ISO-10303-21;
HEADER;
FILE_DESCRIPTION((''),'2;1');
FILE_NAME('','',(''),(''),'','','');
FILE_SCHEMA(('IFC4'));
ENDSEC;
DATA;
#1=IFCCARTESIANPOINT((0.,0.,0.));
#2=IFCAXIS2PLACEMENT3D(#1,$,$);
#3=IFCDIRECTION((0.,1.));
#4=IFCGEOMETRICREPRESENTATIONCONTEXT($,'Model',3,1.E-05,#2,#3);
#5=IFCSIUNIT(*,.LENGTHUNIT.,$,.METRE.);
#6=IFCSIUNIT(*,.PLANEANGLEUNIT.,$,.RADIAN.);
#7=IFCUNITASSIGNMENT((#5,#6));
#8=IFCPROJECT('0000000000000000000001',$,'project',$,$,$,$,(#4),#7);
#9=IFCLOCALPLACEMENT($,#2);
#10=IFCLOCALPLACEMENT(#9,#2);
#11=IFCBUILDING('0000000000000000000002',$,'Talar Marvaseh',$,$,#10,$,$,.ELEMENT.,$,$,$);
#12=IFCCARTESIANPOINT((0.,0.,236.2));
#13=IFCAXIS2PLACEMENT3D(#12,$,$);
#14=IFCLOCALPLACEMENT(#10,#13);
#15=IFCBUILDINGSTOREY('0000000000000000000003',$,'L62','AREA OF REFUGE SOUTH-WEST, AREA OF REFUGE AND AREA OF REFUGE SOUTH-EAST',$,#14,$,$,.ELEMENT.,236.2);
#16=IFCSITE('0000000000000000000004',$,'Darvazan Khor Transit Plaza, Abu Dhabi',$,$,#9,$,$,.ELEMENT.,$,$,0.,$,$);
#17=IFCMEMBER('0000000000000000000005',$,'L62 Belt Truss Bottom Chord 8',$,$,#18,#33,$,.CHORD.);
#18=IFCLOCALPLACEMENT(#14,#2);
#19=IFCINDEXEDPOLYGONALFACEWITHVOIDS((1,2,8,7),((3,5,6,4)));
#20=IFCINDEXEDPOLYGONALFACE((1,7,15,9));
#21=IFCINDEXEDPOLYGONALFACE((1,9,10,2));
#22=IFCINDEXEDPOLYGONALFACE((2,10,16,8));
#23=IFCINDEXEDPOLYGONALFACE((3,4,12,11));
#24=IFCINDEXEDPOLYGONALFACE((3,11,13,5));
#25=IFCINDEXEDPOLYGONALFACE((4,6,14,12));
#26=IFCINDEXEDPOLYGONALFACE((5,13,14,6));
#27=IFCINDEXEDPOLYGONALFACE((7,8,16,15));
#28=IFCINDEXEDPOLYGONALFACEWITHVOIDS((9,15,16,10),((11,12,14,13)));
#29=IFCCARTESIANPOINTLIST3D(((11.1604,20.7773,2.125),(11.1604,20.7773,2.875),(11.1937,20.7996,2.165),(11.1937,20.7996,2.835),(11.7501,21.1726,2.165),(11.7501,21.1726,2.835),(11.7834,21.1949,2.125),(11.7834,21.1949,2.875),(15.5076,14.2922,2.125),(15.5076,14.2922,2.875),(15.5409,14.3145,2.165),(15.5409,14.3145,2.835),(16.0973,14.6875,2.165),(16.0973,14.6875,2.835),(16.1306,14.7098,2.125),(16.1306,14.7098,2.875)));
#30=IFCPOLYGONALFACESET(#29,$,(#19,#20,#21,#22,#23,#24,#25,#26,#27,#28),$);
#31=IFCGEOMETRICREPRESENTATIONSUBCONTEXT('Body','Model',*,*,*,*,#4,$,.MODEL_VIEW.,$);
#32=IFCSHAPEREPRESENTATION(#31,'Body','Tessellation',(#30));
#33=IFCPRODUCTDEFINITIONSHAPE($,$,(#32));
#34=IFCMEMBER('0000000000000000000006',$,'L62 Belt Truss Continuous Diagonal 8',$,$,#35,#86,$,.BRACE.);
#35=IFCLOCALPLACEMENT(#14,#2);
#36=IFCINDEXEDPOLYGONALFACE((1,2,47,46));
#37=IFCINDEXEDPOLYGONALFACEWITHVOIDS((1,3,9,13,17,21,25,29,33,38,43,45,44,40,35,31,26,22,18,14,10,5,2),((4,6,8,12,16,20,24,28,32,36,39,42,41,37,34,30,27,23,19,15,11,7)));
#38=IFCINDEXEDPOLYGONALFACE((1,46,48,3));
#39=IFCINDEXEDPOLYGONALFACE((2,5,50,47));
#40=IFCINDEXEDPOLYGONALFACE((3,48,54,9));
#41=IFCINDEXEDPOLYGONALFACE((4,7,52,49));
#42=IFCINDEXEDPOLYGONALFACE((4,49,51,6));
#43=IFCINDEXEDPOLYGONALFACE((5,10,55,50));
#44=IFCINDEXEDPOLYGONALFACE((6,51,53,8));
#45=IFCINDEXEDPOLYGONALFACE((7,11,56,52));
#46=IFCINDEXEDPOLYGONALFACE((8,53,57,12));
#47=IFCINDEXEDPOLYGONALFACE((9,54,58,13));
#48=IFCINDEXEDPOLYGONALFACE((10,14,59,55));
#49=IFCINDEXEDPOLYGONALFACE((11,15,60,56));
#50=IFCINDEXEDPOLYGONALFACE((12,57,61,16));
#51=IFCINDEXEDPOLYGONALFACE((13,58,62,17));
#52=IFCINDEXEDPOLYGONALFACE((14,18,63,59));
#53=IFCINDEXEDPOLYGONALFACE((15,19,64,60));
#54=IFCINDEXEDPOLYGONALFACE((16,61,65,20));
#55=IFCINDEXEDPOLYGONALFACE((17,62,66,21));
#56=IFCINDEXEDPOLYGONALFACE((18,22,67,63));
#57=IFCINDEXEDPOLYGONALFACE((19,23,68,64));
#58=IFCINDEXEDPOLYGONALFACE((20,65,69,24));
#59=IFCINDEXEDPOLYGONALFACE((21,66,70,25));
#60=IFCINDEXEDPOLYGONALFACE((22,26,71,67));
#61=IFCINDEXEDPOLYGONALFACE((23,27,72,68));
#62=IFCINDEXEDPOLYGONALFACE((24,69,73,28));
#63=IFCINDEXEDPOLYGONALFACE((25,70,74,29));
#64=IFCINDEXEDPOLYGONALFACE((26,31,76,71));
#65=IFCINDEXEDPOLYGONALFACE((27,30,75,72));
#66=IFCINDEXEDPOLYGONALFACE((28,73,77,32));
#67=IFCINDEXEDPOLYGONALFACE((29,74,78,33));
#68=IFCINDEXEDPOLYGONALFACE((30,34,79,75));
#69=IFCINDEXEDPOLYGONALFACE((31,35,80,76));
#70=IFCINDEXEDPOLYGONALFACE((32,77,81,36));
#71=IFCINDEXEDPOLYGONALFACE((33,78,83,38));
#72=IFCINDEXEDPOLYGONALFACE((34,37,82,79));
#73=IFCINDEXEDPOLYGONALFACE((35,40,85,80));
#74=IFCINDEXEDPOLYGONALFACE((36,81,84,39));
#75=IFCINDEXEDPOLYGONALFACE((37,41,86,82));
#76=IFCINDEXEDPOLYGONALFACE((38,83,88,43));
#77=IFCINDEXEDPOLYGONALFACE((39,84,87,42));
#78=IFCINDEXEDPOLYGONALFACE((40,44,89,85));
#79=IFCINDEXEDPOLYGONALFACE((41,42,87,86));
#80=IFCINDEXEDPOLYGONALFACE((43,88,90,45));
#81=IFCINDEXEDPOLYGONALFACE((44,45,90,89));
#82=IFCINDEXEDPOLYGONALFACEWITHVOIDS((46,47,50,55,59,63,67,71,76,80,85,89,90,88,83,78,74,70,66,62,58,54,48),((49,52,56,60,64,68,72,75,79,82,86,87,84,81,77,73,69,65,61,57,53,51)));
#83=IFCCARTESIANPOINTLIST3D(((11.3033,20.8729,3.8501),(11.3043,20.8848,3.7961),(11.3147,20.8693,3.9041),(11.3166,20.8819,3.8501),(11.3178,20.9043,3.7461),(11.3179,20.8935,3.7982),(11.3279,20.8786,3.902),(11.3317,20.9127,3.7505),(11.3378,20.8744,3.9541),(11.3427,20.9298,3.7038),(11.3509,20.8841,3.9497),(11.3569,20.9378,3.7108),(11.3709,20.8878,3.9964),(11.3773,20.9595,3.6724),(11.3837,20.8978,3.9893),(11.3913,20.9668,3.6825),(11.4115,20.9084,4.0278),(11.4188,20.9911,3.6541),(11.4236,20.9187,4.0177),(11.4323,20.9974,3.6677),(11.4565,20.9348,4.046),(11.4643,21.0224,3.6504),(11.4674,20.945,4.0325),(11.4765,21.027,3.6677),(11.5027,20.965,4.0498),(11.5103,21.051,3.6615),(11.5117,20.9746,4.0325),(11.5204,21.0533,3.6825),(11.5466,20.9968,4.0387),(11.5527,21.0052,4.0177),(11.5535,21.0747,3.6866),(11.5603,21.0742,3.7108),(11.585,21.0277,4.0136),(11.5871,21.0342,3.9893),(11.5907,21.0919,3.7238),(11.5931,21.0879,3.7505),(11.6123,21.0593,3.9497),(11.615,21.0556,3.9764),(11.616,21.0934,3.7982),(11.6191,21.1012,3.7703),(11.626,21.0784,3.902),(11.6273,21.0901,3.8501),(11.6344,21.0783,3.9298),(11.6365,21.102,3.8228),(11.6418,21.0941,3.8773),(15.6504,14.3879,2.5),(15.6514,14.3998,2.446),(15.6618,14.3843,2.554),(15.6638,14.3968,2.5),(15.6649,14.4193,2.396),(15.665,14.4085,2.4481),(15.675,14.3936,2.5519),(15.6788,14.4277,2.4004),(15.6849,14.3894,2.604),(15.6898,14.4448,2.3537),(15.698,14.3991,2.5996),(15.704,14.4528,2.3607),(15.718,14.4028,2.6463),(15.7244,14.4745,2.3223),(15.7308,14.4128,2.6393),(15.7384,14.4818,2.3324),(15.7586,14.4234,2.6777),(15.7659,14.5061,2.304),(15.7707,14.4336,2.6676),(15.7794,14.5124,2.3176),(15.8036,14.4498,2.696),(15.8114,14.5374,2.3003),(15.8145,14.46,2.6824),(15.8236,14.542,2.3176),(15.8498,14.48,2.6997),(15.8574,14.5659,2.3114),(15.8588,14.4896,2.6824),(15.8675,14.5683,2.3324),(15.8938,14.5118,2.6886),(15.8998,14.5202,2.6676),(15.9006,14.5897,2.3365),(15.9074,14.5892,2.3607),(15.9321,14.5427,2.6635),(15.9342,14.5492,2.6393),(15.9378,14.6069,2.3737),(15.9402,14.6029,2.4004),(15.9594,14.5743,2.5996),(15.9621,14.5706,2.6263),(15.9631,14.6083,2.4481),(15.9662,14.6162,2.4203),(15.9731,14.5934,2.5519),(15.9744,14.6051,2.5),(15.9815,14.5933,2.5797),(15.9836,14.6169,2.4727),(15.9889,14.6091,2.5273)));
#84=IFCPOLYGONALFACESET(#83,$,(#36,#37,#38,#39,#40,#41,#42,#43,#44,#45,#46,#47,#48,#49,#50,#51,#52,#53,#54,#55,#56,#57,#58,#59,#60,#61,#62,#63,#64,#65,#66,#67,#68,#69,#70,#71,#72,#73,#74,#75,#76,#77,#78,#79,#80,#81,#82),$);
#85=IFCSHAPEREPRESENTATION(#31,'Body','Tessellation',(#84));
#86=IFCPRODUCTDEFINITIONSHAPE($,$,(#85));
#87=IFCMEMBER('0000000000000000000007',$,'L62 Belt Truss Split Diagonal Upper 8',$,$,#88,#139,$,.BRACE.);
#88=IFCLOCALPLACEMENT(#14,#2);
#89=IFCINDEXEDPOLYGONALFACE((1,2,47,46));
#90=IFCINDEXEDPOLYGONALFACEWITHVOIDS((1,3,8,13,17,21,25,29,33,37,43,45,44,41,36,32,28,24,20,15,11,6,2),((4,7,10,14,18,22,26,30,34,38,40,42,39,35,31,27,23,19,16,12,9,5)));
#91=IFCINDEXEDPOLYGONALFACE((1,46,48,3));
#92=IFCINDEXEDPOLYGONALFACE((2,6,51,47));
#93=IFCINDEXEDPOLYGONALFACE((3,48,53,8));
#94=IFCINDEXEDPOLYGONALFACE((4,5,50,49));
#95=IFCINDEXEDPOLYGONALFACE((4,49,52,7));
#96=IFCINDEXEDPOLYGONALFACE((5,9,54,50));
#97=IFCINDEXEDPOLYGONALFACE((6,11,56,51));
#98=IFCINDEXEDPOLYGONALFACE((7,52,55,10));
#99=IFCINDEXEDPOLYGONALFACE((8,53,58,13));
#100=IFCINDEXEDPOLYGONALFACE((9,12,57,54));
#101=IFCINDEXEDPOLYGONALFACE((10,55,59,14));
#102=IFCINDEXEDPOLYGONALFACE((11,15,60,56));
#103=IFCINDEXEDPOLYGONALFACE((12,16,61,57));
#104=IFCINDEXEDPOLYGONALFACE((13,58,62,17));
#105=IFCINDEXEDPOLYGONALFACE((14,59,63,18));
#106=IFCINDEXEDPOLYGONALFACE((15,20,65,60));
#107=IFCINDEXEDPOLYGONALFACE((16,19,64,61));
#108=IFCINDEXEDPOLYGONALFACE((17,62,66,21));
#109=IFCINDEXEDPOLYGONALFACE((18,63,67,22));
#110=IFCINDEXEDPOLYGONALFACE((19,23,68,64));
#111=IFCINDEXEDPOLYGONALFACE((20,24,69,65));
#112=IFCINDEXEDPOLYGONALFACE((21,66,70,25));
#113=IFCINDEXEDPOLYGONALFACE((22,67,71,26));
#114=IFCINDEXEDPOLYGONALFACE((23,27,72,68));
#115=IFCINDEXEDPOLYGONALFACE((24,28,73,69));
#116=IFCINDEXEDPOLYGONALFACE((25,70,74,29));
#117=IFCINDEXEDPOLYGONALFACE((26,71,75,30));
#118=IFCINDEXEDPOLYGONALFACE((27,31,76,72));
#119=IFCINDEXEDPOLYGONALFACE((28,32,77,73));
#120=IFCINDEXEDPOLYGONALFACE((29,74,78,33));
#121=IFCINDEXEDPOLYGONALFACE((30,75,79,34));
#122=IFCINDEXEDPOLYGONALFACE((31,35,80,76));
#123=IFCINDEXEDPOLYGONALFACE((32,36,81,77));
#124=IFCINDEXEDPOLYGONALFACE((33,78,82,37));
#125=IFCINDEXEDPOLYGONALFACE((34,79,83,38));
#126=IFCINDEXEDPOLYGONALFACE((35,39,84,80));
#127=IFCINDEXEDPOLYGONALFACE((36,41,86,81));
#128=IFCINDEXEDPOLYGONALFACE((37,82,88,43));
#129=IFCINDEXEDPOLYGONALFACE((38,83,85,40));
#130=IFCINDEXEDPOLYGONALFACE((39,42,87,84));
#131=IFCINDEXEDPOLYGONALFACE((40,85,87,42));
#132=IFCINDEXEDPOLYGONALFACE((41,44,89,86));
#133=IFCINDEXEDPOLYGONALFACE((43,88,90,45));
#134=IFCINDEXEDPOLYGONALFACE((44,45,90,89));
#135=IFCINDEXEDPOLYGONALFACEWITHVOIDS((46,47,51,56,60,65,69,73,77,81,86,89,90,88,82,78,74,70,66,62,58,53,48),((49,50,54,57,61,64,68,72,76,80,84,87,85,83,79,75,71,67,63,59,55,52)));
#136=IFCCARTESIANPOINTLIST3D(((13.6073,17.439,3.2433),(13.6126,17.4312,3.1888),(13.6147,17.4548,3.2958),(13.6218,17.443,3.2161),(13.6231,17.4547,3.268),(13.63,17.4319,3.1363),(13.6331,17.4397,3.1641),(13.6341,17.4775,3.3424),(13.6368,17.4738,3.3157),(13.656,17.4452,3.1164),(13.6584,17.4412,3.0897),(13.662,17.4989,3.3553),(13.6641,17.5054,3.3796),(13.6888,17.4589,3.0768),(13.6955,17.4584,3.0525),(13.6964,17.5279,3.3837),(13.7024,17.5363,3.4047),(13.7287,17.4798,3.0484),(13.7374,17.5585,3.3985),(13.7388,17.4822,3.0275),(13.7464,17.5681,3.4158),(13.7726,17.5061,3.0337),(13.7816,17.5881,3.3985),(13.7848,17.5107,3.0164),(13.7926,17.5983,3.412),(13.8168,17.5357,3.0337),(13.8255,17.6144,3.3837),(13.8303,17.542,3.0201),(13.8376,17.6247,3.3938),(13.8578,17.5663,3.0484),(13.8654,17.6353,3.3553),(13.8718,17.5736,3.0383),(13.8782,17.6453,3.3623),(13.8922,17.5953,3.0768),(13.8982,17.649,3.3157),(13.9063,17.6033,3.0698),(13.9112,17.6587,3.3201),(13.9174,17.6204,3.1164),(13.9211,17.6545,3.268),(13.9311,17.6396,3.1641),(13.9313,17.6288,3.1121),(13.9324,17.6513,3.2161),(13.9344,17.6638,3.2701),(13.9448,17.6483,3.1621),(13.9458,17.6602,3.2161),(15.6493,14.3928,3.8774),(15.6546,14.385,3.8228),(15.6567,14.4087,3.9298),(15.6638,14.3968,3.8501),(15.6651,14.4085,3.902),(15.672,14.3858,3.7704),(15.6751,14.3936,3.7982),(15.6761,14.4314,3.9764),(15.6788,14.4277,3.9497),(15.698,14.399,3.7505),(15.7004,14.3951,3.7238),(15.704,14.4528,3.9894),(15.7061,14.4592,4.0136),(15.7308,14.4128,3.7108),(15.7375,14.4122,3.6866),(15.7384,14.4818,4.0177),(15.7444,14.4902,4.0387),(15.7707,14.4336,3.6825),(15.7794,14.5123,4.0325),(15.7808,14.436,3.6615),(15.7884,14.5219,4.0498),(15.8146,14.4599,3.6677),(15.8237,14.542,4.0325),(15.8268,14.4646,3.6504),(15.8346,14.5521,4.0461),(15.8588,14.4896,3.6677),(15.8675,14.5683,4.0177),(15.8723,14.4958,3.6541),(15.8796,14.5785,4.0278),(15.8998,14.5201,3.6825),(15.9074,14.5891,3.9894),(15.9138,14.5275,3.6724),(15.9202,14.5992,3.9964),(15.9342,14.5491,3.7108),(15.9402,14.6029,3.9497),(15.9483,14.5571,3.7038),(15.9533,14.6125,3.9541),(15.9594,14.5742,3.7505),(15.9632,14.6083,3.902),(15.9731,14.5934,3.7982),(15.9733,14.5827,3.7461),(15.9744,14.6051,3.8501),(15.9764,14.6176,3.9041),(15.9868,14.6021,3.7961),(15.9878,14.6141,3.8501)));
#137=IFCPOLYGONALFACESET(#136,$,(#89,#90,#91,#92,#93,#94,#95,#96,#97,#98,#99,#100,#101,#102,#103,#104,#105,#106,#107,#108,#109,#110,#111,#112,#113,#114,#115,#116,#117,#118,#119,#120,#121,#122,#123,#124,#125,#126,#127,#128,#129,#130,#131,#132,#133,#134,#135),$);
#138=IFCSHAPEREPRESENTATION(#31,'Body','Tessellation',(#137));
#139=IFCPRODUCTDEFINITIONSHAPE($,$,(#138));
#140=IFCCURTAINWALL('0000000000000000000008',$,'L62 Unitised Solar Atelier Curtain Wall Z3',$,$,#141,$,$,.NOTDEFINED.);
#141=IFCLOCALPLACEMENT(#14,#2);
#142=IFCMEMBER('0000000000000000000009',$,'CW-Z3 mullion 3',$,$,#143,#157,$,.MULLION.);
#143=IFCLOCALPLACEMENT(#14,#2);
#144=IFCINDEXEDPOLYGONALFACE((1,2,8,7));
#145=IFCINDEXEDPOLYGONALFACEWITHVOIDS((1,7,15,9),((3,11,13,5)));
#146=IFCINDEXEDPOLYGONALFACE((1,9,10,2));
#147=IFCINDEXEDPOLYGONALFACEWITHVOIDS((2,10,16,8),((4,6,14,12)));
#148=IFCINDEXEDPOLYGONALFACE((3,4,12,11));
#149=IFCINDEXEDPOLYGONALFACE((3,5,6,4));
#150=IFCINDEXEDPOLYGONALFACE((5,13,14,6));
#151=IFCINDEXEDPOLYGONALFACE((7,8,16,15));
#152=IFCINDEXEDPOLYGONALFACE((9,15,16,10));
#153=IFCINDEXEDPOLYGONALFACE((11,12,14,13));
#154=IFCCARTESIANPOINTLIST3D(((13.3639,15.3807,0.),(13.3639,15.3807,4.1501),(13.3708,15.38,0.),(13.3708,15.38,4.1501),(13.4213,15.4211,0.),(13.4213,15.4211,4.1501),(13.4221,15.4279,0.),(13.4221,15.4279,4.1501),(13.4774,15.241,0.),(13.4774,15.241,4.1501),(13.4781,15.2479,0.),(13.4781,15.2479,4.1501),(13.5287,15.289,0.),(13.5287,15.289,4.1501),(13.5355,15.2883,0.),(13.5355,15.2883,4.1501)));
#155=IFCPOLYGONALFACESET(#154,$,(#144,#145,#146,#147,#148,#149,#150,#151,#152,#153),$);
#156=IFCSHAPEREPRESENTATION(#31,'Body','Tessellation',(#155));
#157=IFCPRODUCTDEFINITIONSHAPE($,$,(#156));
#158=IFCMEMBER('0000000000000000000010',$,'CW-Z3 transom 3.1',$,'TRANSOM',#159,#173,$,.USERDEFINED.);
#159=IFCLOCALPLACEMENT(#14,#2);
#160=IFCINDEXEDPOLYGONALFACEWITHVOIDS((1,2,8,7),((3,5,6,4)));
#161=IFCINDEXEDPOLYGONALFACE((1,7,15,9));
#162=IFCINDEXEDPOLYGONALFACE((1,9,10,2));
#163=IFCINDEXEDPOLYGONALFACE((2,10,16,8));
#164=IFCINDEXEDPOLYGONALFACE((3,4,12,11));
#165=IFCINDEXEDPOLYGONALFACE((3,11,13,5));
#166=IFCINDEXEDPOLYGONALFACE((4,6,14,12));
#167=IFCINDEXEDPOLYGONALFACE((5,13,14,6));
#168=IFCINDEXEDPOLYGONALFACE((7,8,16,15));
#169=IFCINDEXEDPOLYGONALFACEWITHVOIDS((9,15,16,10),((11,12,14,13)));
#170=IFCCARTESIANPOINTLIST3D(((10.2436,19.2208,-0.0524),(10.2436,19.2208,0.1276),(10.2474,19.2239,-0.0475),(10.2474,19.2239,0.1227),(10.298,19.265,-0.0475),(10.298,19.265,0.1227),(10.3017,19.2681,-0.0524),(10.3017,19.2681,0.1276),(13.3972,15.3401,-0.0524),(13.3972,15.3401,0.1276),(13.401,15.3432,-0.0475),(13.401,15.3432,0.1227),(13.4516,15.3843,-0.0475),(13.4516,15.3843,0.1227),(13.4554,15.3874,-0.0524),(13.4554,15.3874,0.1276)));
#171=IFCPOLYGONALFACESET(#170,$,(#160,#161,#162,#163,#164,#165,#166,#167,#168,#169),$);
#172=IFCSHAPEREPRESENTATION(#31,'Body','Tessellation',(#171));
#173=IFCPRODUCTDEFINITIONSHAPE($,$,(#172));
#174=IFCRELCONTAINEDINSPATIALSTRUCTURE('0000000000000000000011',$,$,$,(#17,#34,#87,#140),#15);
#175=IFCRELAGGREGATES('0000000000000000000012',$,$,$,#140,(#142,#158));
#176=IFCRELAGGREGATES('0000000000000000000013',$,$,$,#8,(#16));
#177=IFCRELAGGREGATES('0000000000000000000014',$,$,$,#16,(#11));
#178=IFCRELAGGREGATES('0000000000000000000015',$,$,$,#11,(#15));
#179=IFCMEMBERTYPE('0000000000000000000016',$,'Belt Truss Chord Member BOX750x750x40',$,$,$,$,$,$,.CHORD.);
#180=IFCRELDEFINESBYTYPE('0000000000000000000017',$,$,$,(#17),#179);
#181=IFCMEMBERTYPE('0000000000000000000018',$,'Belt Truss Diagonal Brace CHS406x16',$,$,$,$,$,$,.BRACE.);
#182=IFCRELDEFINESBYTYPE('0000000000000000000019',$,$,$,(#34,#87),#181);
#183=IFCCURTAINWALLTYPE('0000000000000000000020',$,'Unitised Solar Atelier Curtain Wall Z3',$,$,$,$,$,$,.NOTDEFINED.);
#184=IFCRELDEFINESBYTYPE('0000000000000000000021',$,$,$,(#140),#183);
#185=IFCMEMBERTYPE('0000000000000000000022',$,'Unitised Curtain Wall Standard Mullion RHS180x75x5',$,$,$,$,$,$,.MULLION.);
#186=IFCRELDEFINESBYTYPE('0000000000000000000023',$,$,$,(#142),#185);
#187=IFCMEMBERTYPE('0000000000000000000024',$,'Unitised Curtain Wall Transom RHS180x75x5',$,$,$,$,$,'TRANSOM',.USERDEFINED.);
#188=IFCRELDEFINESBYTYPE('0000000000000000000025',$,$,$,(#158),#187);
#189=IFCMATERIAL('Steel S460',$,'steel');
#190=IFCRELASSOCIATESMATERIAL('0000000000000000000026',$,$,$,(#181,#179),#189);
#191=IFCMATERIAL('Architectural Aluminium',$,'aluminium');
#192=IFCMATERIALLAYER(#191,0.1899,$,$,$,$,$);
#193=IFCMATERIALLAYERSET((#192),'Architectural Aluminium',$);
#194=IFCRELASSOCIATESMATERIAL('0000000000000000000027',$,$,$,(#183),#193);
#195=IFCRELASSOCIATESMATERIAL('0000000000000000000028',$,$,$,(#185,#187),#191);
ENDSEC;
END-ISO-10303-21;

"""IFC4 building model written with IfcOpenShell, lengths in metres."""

from ifc_helpers import new_model, si_unit, direction, frame, origin, origin_2d, place, context, subcontext, project, spatial, hollow_rectangle, hollow_circle, extrude, source, transform, mapped, material, layer, layer_set, material_profile, profile_set, type_object, type_shapes, element, aggregate, save


model = new_model("IFC4")

# Units and contexts
model_context = context("Model", 3, precision=1e-05, world=origin(), true_north=direction((0.0, 1.0)))
body_context = subcontext(model_context, "Body", "Model", "MODEL_VIEW")
ifc_project = project(units=[si_unit("LENGTHUNIT", "METRE"), si_unit("PLANEANGLEUNIT", "RADIAN")], contexts=[model_context])

# Site, building, storey
site_placement = place(None, origin())
site = spatial("IfcSite", under=ifc_project, at=site_placement, Name="Darvazan Khor Transit Plaza, Abu Dhabi", CompositionType="ELEMENT", RefElevation=0.0)
building_placement = place(site_placement, origin())
building = spatial("IfcBuilding", under=site, at=building_placement, Name="Talar Marvaseh", CompositionType="ELEMENT")
storey_placement = place(building_placement, frame((0.0, 0.0, 236.2)))
storey = spatial("IfcBuildingStorey", under=building, at=storey_placement, Name="L62", Description="AREA OF REFUGE SOUTH-WEST, AREA OF REFUGE AND AREA OF REFUGE SOUTH-EAST", CompositionType="ELEMENT", Elevation=236.2)

# Shared definitions
ifc_material_1 = material(Name="Steel S460", Category="steel")

# Members
ifc_material_profile_1 = material_profile(ifc_material_1, hollow_circle(Radius=0.2031, WallThickness=0.0161, at=origin_2d()), Name="CHS406x16")
ifc_profile_set_1 = profile_set([ifc_material_profile_1], Name="Steel S460")
member_type_1 = type_object("IfcMemberType", Name="Belt Truss Diagonal Brace CHS406x16", PredefinedType="BRACE", material=ifc_profile_set_1)
ifc_material_profile_2 = material_profile(ifc_material_1, hollow_rectangle(XDim=0.75, YDim=0.75, WallThickness=0.04, at=origin_2d()), Name="BOX750x750x40")
ifc_profile_set_2 = profile_set([ifc_material_profile_2], Name="Steel S460")
member_type_2 = type_object("IfcMemberType", Name="Belt Truss Chord Member BOX750x750x40", PredefinedType="CHORD", material=ifc_profile_set_2)
shared_shape_1 = source(origin(), body_context, "Body", "SweptSolid", [
    extrude(hollow_rectangle(XDim=0.75, YDim=0.75, WallThickness=0.04, at=origin_2d()), origin(), (0.0, 0.0, 1.0), 7.8074),
])
type_shapes(member_type_2, [shared_shape_1])
member_1_placement = place(storey_placement, frame((15.8191, 14.501, 2.5), z_axis=(-0.556806, 0.830643, 0.0), x_axis=(-0.830643, -0.556806, 0.0)))
element("IfcMember", 1, at=member_1_placement, inside=storey, type_object=member_type_2, Name="L62 Belt Truss Bottom Chord 8", PredefinedType="CHORD", context=body_context, shape_type="MappedRepresentation", body=[
    mapped(shared_shape_1, transform((0.0, 0.0, 0.0), x_axis=(1.0, 0.0, 0.0), y_axis=(0.0, 1.0, 0.0), z_axis=(0.0, 0.0, 1.0), scale=1.0)),
])
shared_shape_2 = source(origin(), body_context, "Body", "SweptSolid", [
    extrude(hollow_circle(Radius=0.2031, WallThickness=0.0161, at=origin_2d()), origin(), (0.0, 0.0, 1.0), 7.9231),
])
member_2_placement = place(storey_placement, frame((15.8191, 14.501, 2.5), z_axis=(-0.548662, 0.818495, 0.170398), x_axis=(-0.830643, -0.556806, 0.0)))
element("IfcMember", 2, at=member_2_placement, inside=storey, type_object=member_type_1, Name="L62 Belt Truss Continuous Diagonal 8", PredefinedType="BRACE", context=body_context, shape_type="MappedRepresentation", body=[
    mapped(shared_shape_2, transform((0.0, 0.0, 0.0), x_axis=(1.0, 0.0, 0.0), y_axis=(0.0, 1.0, 0.0), z_axis=(0.0, 0.0, 1.0), scale=1.0)),
])
shared_shape_3 = source(origin(), body_context, "Body", "SweptSolid", [
    extrude(hollow_circle(Radius=0.2031, WallThickness=0.0161, at=origin_2d()), origin(), (0.0, 0.0, 1.0), 3.7217),
])
member_3_placement = place(storey_placement, frame((13.7771, 17.5471, 3.2161), z_axis=(0.548679, -0.818491, 0.170363), x_axis=(0.830634, 0.556818, 0.0)))
element("IfcMember", 3, at=member_3_placement, inside=storey, type_object=member_type_1, Name="L62 Belt Truss Split Diagonal Upper 8", PredefinedType="BRACE", context=body_context, shape_type="MappedRepresentation", body=[
    mapped(shared_shape_3, transform((0.0, 0.0, 0.0), x_axis=(1.0, 0.0, 0.0), y_axis=(0.0, 1.0, 0.0), z_axis=(0.0, 0.0, 1.0), scale=1.0)),
])

# Curtain wall, members
ifc_material_2 = material(Name="Architectural Aluminium", Category="aluminium")
ifc_layer_1 = layer(ifc_material_2, 0.1899)
ifc_layer_set_1 = layer_set([ifc_layer_1], Name="Architectural Aluminium")
curtain_wall_type = type_object("IfcCurtainWallType", Name="Unitised Solar Atelier Curtain Wall Z3", PredefinedType="NOTDEFINED", material=ifc_layer_set_1)
curtain_wall_placement = place(storey_placement, origin())
curtain_wall = element("IfcCurtainWall", 4, at=curtain_wall_placement, inside=storey, type_object=curtain_wall_type, Name="L62 Unitised Solar Atelier Curtain Wall Z3", PredefinedType="NOTDEFINED")
ifc_material_profile_3 = material_profile(ifc_material_2, hollow_rectangle(XDim=0.075, YDim=0.1799, WallThickness=0.0049, at=origin_2d()), Name="RHS180x75x5")
ifc_profile_set_3 = profile_set([ifc_material_profile_3], Name="Architectural Aluminium")
member_type_3 = type_object("IfcMemberType", Name="Unitised Curtain Wall Standard Mullion RHS180x75x5", PredefinedType="MULLION", material=ifc_profile_set_3)
shared_shape_4 = source(origin(), body_context, "Body", "SweptSolid", [
    extrude(hollow_rectangle(XDim=0.075, YDim=0.1799, WallThickness=0.0049, at=origin_2d()), origin(), (0.0, 0.0, 1.0), 4.1501),
])
type_shapes(member_type_3, [shared_shape_4])
member_4_placement = place(storey_placement, frame((13.4497, 15.3345, 0.0), z_axis=(0.0, 0.0, 1.0), x_axis=(-0.776086, -0.630627, 0.0)))
member_4 = element("IfcMember", 5, at=member_4_placement, type_object=member_type_3, Name="CW-Z3 mullion 3", PredefinedType="MULLION", context=body_context, shape_type="MappedRepresentation", body=[
    mapped(shared_shape_4, transform((0.0, 0.0, 0.0), x_axis=(1.0, 0.0, 0.0), y_axis=(0.0, 1.0, 0.0), z_axis=(0.0, 0.0, 1.0), scale=1.0)),
])
ifc_material_profile_4 = material_profile(ifc_material_2, hollow_rectangle(XDim=0.075, YDim=0.1799, WallThickness=0.0049, at=origin_2d()), Name="RHS180x75x5")
ifc_profile_set_4 = profile_set([ifc_material_profile_4], Name="Architectural Aluminium")
member_type_4 = type_object("IfcMemberType", Name="Unitised Curtain Wall Transom RHS180x75x5", ElementType="TRANSOM", PredefinedType="USERDEFINED", material=ifc_profile_set_4)
shared_shape_5 = source(origin(), body_context, "Body", "SweptSolid", [
    extrude(hollow_rectangle(XDim=0.075, YDim=0.1799, WallThickness=0.0049, at=origin_2d()), origin(), (0.0, 0.0, 1.0), 5.0005),
])
type_shapes(member_type_4, [shared_shape_5])
member_5_placement = place(storey_placement, frame((13.4263, 15.3638, 0.0376), z_axis=(-0.630661, 0.776059, 0.0), x_axis=(-0.776059, -0.630661, 0.0)))
member_5 = element("IfcMember", 6, at=member_5_placement, type_object=member_type_4, Name="CW-Z3 transom 3.1", ObjectType="TRANSOM", PredefinedType="USERDEFINED", context=body_context, shape_type="MappedRepresentation", body=[
    mapped(shared_shape_5, transform((0.0, 0.0, 0.0), x_axis=(1.0, 0.0, 0.0), y_axis=(0.0, 1.0, 0.0), z_axis=(0.0, 0.0, 1.0), scale=1.0)),
])

aggregate(curtain_wall, [member_4, member_5])

save(model, "model.ifc")
